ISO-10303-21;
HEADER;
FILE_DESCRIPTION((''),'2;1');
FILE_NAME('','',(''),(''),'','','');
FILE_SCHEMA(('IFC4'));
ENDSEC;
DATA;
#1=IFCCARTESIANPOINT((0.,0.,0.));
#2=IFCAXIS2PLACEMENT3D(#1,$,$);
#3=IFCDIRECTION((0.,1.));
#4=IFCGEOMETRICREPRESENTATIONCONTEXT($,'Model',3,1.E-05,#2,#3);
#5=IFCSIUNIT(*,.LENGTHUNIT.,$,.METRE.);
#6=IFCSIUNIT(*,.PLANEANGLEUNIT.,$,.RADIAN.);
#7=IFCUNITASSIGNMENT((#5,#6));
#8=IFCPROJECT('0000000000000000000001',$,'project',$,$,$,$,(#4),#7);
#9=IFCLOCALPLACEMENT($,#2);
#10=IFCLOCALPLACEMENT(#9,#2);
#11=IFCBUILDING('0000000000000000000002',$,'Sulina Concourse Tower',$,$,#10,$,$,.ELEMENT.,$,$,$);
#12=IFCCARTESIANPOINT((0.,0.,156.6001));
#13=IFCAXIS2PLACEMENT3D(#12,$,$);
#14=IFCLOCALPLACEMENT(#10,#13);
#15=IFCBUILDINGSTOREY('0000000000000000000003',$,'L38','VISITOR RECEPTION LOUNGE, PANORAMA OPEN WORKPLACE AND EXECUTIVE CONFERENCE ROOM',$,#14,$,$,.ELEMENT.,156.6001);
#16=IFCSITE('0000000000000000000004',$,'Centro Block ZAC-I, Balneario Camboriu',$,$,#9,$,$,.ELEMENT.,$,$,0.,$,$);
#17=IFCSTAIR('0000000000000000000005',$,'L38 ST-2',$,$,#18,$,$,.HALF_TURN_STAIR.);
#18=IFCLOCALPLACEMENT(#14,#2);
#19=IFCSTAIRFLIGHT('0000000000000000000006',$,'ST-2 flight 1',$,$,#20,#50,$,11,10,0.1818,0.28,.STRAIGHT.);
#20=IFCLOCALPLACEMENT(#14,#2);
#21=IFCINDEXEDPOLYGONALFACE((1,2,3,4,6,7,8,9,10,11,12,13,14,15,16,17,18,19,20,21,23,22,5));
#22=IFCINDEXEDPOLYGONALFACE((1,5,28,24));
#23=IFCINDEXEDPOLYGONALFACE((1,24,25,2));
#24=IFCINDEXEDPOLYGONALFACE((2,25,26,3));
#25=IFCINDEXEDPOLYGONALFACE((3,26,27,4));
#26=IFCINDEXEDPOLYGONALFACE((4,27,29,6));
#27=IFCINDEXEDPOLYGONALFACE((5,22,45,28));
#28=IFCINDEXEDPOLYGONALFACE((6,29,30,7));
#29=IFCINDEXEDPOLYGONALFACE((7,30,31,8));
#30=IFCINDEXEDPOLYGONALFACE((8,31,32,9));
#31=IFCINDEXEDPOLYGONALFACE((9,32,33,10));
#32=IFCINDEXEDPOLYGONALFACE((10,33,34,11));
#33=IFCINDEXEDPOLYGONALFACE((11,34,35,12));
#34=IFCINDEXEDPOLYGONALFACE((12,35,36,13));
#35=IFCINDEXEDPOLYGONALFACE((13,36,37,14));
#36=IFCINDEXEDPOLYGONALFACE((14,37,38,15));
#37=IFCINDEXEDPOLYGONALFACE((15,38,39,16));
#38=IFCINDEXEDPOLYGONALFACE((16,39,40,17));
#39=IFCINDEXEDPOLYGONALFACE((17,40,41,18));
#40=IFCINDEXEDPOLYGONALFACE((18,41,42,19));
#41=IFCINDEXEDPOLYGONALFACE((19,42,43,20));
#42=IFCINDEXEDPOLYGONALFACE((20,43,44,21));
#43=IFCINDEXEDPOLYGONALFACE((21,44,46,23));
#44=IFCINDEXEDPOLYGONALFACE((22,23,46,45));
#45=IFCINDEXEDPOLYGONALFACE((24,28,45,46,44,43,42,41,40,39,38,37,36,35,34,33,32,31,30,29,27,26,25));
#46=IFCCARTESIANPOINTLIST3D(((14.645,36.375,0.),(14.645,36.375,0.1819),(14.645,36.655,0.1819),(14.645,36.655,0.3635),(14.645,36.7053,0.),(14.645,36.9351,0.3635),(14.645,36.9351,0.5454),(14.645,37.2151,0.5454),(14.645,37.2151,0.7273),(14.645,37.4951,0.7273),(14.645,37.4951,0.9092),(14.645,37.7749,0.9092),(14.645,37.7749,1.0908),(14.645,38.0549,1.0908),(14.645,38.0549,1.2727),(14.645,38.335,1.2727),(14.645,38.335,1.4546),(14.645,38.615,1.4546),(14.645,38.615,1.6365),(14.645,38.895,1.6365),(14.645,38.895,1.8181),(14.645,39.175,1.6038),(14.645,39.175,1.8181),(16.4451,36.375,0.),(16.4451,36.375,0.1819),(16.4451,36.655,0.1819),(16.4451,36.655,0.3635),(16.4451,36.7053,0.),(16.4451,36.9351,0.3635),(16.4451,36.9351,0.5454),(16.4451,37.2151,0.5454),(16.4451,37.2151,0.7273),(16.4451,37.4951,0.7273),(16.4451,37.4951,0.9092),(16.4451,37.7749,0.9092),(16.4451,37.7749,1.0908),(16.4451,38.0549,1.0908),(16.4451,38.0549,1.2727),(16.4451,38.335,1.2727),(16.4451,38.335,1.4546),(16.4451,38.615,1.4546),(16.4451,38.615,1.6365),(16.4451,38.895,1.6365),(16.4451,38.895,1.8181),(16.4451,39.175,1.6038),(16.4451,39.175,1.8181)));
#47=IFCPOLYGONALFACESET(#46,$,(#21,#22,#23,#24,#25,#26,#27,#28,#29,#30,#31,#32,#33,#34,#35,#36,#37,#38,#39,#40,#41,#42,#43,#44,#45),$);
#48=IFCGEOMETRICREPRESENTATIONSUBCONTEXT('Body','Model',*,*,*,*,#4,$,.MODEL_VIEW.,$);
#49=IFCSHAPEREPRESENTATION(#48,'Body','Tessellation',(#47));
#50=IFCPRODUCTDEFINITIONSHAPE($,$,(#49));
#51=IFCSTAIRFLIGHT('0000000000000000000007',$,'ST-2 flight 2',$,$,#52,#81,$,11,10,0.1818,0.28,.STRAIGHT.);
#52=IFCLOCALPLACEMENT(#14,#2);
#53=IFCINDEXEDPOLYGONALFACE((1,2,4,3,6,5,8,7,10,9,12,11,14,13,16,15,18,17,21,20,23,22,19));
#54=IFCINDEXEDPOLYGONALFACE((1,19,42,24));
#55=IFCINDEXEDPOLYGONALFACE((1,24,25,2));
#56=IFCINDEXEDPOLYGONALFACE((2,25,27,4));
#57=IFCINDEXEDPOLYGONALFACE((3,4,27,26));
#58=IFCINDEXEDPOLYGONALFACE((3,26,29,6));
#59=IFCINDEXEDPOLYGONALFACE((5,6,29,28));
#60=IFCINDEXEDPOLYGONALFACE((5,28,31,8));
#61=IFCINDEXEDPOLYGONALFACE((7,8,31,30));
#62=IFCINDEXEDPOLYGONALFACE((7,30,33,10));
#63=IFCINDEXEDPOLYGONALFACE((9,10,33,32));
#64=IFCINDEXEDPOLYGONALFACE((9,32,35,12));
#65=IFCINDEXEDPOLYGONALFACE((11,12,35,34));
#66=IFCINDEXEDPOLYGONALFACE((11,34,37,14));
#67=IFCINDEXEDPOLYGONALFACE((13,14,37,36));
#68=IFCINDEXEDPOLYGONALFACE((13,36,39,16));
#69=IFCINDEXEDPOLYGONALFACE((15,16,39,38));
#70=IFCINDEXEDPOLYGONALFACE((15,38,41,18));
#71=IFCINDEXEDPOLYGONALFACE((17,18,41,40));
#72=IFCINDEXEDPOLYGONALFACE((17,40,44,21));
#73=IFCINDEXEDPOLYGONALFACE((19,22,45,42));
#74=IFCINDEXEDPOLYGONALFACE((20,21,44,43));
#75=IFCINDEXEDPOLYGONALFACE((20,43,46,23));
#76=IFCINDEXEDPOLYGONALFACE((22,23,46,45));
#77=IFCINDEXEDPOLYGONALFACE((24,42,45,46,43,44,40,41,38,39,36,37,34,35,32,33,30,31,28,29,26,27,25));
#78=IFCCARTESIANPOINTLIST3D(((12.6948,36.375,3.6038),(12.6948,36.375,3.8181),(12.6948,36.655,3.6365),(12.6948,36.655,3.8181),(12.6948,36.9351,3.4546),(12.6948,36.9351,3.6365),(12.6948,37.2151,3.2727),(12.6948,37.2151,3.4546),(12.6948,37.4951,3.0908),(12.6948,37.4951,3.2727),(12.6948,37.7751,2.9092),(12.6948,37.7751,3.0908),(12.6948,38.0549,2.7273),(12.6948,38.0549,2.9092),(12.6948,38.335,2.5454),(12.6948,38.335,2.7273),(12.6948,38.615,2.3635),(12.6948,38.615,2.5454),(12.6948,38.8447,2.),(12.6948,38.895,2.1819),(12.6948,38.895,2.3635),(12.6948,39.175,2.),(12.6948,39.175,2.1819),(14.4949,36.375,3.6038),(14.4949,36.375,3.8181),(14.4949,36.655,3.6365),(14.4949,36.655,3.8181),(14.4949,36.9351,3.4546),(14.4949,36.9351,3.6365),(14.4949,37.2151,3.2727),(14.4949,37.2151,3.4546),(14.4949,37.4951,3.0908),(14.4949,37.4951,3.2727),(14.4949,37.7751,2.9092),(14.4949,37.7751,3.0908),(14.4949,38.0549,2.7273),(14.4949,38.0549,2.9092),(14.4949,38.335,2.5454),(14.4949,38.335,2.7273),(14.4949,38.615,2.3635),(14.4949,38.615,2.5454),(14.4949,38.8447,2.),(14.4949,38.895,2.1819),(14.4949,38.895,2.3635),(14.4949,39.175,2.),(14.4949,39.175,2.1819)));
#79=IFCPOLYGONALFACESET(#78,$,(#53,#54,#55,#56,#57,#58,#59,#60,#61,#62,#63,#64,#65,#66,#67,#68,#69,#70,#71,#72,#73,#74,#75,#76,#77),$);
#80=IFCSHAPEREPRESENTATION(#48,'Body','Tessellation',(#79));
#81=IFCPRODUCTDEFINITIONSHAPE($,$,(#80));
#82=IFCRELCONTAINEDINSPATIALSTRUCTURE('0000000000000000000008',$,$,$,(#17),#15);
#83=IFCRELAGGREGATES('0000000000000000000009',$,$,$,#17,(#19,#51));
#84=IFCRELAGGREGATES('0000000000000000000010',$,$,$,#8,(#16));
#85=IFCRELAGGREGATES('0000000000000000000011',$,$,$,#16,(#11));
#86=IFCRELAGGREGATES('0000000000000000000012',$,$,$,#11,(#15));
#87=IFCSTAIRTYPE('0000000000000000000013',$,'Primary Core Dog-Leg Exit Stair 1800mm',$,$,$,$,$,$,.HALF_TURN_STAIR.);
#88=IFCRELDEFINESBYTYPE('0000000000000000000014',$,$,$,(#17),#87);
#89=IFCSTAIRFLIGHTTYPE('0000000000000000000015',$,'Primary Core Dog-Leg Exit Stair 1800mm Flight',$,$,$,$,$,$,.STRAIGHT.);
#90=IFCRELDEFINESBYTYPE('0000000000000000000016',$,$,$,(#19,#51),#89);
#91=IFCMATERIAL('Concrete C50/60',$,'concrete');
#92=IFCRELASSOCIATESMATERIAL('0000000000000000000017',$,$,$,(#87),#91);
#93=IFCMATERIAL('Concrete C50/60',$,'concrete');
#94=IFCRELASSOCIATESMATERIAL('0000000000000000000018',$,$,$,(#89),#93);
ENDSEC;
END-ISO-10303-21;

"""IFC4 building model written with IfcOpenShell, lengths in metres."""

from ifc_helpers import new_model, si_unit, direction, frame, origin, place, context, subcontext, project, spatial, polyline, outline, extrude, material, type_object, element, aggregate, save


model = new_model("IFC4")

# Units and contexts
model_context = context("Model", 3, precision=1e-05, world=origin(), true_north=direction((0.0, 1.0)))
body_context = subcontext(model_context, "Body", "Model", "MODEL_VIEW")
ifc_project = project(units=[si_unit("LENGTHUNIT", "METRE"), si_unit("PLANEANGLEUNIT", "RADIAN")], contexts=[model_context])

# Site, building, storey
site_placement = place(None, origin())
site = spatial("IfcSite", under=ifc_project, at=site_placement, Name="Centro Block ZAC-I, Balneario Camboriu", CompositionType="ELEMENT", RefElevation=0.0)
building_placement = place(site_placement, origin())
building = spatial("IfcBuilding", under=site, at=building_placement, Name="Sulina Concourse Tower", CompositionType="ELEMENT")
storey_placement = place(building_placement, frame((0.0, 0.0, 156.6001)))
storey = spatial("IfcBuildingStorey", under=building, at=storey_placement, Name="L38", Description="VISITOR RECEPTION LOUNGE, PANORAMA OPEN WORKPLACE AND EXECUTIVE CONFERENCE ROOM", CompositionType="ELEMENT", Elevation=156.6001)

# Stair, stair flights
ifc_material_1 = material(Name="Concrete C50/60", Category="concrete")
stair_type = type_object("IfcStairType", Name="Primary Core Dog-Leg Exit Stair 1800mm", PredefinedType="HALF_TURN_STAIR", material=ifc_material_1)
stair_placement = place(storey_placement, origin())
stair = element("IfcStair", 1, at=stair_placement, inside=storey, type_object=stair_type, Name="L38 ST-2", PredefinedType="HALF_TURN_STAIR")
ifc_material_2 = material(Name="Concrete C50/60", Category="concrete")
stair_flight_type = type_object("IfcStairFlightType", Name="Primary Core Dog-Leg Exit Stair 1800mm Flight", PredefinedType="STRAIGHT", material=ifc_material_2)
stair_flight_1_placement = place(storey_placement, frame((15.5449, 36.375, 0.0), z_axis=(0.0, 0.0, 1.0), x_axis=(0.0, 1.0, 0.0)))
stair_flight_1 = element("IfcStairFlight", 2, at=stair_flight_1_placement, type_object=stair_flight_type, Name="ST-2 flight 1", NumberOfRisers=11, NumberOfTreads=10, PredefinedType="STRAIGHT", RiserHeight=0.1818, TreadLength=0.28, context=body_context, shape_type="SweptSolid", body=[
    extrude(outline(polyline([(0.0, 0.0), (0.0, 0.1819), (0.28, 0.1819), (0.28, 0.3635), (0.5601, 0.3635), (0.5601, 0.5454), (0.8401, 0.5454), (0.8401, 0.7273), (1.1201, 0.7273), (1.1201, 0.9092), (1.3999, 0.9092), (1.3999, 1.0908), (1.6799, 1.0908), (1.6799, 1.2727), (1.96, 1.2727), (1.96, 1.4546), (2.24, 1.4546), (2.24, 1.6365), (2.52, 1.6365), (2.52, 1.8181), (2.8, 1.8181), (2.8, 2.0), (2.8, 1.6038), (0.3303, 0.0), (0.0, 0.0)])), frame((0.0, 0.8999, 0.0), z_axis=(0.0, -1.0, 0.0), x_axis=(1.0, 0.0, 0.0)), (0.0, 0.0, 1.0), 1.8),
])
stair_flight_2_placement = place(storey_placement, frame((13.595, 39.175, 2.0), z_axis=(0.0, 0.0, 1.0), x_axis=(0.0, -1.0, 0.0)))
stair_flight_2 = element("IfcStairFlight", 3, at=stair_flight_2_placement, type_object=stair_flight_type, Name="ST-2 flight 2", NumberOfRisers=11, NumberOfTreads=10, PredefinedType="STRAIGHT", RiserHeight=0.1818, TreadLength=0.28, context=body_context, shape_type="SweptSolid", body=[
    extrude(outline(polyline([(0.0, 0.0), (0.0, 0.1819), (0.28, 0.1819), (0.28, 0.3635), (0.5601, 0.3635), (0.5601, 0.5454), (0.8401, 0.5454), (0.8401, 0.7273), (1.1201, 0.7273), (1.1201, 0.9092), (1.3999, 0.9092), (1.3999, 1.0908), (1.6799, 1.0908), (1.6799, 1.2727), (1.96, 1.2727), (1.96, 1.4546), (2.24, 1.4546), (2.24, 1.6365), (2.52, 1.6365), (2.52, 1.8181), (2.8, 1.8181), (2.8, 2.0), (2.8, 1.6038), (0.3303, 0.0), (0.0, 0.0)])), frame((0.0, 0.8999, 0.0), z_axis=(0.0, -1.0, 0.0), x_axis=(1.0, 0.0, 0.0)), (0.0, 0.0, 1.0), 1.8),
])
aggregate(stair, [stair_flight_1, stair_flight_2])

save(model, "model.ifc")
